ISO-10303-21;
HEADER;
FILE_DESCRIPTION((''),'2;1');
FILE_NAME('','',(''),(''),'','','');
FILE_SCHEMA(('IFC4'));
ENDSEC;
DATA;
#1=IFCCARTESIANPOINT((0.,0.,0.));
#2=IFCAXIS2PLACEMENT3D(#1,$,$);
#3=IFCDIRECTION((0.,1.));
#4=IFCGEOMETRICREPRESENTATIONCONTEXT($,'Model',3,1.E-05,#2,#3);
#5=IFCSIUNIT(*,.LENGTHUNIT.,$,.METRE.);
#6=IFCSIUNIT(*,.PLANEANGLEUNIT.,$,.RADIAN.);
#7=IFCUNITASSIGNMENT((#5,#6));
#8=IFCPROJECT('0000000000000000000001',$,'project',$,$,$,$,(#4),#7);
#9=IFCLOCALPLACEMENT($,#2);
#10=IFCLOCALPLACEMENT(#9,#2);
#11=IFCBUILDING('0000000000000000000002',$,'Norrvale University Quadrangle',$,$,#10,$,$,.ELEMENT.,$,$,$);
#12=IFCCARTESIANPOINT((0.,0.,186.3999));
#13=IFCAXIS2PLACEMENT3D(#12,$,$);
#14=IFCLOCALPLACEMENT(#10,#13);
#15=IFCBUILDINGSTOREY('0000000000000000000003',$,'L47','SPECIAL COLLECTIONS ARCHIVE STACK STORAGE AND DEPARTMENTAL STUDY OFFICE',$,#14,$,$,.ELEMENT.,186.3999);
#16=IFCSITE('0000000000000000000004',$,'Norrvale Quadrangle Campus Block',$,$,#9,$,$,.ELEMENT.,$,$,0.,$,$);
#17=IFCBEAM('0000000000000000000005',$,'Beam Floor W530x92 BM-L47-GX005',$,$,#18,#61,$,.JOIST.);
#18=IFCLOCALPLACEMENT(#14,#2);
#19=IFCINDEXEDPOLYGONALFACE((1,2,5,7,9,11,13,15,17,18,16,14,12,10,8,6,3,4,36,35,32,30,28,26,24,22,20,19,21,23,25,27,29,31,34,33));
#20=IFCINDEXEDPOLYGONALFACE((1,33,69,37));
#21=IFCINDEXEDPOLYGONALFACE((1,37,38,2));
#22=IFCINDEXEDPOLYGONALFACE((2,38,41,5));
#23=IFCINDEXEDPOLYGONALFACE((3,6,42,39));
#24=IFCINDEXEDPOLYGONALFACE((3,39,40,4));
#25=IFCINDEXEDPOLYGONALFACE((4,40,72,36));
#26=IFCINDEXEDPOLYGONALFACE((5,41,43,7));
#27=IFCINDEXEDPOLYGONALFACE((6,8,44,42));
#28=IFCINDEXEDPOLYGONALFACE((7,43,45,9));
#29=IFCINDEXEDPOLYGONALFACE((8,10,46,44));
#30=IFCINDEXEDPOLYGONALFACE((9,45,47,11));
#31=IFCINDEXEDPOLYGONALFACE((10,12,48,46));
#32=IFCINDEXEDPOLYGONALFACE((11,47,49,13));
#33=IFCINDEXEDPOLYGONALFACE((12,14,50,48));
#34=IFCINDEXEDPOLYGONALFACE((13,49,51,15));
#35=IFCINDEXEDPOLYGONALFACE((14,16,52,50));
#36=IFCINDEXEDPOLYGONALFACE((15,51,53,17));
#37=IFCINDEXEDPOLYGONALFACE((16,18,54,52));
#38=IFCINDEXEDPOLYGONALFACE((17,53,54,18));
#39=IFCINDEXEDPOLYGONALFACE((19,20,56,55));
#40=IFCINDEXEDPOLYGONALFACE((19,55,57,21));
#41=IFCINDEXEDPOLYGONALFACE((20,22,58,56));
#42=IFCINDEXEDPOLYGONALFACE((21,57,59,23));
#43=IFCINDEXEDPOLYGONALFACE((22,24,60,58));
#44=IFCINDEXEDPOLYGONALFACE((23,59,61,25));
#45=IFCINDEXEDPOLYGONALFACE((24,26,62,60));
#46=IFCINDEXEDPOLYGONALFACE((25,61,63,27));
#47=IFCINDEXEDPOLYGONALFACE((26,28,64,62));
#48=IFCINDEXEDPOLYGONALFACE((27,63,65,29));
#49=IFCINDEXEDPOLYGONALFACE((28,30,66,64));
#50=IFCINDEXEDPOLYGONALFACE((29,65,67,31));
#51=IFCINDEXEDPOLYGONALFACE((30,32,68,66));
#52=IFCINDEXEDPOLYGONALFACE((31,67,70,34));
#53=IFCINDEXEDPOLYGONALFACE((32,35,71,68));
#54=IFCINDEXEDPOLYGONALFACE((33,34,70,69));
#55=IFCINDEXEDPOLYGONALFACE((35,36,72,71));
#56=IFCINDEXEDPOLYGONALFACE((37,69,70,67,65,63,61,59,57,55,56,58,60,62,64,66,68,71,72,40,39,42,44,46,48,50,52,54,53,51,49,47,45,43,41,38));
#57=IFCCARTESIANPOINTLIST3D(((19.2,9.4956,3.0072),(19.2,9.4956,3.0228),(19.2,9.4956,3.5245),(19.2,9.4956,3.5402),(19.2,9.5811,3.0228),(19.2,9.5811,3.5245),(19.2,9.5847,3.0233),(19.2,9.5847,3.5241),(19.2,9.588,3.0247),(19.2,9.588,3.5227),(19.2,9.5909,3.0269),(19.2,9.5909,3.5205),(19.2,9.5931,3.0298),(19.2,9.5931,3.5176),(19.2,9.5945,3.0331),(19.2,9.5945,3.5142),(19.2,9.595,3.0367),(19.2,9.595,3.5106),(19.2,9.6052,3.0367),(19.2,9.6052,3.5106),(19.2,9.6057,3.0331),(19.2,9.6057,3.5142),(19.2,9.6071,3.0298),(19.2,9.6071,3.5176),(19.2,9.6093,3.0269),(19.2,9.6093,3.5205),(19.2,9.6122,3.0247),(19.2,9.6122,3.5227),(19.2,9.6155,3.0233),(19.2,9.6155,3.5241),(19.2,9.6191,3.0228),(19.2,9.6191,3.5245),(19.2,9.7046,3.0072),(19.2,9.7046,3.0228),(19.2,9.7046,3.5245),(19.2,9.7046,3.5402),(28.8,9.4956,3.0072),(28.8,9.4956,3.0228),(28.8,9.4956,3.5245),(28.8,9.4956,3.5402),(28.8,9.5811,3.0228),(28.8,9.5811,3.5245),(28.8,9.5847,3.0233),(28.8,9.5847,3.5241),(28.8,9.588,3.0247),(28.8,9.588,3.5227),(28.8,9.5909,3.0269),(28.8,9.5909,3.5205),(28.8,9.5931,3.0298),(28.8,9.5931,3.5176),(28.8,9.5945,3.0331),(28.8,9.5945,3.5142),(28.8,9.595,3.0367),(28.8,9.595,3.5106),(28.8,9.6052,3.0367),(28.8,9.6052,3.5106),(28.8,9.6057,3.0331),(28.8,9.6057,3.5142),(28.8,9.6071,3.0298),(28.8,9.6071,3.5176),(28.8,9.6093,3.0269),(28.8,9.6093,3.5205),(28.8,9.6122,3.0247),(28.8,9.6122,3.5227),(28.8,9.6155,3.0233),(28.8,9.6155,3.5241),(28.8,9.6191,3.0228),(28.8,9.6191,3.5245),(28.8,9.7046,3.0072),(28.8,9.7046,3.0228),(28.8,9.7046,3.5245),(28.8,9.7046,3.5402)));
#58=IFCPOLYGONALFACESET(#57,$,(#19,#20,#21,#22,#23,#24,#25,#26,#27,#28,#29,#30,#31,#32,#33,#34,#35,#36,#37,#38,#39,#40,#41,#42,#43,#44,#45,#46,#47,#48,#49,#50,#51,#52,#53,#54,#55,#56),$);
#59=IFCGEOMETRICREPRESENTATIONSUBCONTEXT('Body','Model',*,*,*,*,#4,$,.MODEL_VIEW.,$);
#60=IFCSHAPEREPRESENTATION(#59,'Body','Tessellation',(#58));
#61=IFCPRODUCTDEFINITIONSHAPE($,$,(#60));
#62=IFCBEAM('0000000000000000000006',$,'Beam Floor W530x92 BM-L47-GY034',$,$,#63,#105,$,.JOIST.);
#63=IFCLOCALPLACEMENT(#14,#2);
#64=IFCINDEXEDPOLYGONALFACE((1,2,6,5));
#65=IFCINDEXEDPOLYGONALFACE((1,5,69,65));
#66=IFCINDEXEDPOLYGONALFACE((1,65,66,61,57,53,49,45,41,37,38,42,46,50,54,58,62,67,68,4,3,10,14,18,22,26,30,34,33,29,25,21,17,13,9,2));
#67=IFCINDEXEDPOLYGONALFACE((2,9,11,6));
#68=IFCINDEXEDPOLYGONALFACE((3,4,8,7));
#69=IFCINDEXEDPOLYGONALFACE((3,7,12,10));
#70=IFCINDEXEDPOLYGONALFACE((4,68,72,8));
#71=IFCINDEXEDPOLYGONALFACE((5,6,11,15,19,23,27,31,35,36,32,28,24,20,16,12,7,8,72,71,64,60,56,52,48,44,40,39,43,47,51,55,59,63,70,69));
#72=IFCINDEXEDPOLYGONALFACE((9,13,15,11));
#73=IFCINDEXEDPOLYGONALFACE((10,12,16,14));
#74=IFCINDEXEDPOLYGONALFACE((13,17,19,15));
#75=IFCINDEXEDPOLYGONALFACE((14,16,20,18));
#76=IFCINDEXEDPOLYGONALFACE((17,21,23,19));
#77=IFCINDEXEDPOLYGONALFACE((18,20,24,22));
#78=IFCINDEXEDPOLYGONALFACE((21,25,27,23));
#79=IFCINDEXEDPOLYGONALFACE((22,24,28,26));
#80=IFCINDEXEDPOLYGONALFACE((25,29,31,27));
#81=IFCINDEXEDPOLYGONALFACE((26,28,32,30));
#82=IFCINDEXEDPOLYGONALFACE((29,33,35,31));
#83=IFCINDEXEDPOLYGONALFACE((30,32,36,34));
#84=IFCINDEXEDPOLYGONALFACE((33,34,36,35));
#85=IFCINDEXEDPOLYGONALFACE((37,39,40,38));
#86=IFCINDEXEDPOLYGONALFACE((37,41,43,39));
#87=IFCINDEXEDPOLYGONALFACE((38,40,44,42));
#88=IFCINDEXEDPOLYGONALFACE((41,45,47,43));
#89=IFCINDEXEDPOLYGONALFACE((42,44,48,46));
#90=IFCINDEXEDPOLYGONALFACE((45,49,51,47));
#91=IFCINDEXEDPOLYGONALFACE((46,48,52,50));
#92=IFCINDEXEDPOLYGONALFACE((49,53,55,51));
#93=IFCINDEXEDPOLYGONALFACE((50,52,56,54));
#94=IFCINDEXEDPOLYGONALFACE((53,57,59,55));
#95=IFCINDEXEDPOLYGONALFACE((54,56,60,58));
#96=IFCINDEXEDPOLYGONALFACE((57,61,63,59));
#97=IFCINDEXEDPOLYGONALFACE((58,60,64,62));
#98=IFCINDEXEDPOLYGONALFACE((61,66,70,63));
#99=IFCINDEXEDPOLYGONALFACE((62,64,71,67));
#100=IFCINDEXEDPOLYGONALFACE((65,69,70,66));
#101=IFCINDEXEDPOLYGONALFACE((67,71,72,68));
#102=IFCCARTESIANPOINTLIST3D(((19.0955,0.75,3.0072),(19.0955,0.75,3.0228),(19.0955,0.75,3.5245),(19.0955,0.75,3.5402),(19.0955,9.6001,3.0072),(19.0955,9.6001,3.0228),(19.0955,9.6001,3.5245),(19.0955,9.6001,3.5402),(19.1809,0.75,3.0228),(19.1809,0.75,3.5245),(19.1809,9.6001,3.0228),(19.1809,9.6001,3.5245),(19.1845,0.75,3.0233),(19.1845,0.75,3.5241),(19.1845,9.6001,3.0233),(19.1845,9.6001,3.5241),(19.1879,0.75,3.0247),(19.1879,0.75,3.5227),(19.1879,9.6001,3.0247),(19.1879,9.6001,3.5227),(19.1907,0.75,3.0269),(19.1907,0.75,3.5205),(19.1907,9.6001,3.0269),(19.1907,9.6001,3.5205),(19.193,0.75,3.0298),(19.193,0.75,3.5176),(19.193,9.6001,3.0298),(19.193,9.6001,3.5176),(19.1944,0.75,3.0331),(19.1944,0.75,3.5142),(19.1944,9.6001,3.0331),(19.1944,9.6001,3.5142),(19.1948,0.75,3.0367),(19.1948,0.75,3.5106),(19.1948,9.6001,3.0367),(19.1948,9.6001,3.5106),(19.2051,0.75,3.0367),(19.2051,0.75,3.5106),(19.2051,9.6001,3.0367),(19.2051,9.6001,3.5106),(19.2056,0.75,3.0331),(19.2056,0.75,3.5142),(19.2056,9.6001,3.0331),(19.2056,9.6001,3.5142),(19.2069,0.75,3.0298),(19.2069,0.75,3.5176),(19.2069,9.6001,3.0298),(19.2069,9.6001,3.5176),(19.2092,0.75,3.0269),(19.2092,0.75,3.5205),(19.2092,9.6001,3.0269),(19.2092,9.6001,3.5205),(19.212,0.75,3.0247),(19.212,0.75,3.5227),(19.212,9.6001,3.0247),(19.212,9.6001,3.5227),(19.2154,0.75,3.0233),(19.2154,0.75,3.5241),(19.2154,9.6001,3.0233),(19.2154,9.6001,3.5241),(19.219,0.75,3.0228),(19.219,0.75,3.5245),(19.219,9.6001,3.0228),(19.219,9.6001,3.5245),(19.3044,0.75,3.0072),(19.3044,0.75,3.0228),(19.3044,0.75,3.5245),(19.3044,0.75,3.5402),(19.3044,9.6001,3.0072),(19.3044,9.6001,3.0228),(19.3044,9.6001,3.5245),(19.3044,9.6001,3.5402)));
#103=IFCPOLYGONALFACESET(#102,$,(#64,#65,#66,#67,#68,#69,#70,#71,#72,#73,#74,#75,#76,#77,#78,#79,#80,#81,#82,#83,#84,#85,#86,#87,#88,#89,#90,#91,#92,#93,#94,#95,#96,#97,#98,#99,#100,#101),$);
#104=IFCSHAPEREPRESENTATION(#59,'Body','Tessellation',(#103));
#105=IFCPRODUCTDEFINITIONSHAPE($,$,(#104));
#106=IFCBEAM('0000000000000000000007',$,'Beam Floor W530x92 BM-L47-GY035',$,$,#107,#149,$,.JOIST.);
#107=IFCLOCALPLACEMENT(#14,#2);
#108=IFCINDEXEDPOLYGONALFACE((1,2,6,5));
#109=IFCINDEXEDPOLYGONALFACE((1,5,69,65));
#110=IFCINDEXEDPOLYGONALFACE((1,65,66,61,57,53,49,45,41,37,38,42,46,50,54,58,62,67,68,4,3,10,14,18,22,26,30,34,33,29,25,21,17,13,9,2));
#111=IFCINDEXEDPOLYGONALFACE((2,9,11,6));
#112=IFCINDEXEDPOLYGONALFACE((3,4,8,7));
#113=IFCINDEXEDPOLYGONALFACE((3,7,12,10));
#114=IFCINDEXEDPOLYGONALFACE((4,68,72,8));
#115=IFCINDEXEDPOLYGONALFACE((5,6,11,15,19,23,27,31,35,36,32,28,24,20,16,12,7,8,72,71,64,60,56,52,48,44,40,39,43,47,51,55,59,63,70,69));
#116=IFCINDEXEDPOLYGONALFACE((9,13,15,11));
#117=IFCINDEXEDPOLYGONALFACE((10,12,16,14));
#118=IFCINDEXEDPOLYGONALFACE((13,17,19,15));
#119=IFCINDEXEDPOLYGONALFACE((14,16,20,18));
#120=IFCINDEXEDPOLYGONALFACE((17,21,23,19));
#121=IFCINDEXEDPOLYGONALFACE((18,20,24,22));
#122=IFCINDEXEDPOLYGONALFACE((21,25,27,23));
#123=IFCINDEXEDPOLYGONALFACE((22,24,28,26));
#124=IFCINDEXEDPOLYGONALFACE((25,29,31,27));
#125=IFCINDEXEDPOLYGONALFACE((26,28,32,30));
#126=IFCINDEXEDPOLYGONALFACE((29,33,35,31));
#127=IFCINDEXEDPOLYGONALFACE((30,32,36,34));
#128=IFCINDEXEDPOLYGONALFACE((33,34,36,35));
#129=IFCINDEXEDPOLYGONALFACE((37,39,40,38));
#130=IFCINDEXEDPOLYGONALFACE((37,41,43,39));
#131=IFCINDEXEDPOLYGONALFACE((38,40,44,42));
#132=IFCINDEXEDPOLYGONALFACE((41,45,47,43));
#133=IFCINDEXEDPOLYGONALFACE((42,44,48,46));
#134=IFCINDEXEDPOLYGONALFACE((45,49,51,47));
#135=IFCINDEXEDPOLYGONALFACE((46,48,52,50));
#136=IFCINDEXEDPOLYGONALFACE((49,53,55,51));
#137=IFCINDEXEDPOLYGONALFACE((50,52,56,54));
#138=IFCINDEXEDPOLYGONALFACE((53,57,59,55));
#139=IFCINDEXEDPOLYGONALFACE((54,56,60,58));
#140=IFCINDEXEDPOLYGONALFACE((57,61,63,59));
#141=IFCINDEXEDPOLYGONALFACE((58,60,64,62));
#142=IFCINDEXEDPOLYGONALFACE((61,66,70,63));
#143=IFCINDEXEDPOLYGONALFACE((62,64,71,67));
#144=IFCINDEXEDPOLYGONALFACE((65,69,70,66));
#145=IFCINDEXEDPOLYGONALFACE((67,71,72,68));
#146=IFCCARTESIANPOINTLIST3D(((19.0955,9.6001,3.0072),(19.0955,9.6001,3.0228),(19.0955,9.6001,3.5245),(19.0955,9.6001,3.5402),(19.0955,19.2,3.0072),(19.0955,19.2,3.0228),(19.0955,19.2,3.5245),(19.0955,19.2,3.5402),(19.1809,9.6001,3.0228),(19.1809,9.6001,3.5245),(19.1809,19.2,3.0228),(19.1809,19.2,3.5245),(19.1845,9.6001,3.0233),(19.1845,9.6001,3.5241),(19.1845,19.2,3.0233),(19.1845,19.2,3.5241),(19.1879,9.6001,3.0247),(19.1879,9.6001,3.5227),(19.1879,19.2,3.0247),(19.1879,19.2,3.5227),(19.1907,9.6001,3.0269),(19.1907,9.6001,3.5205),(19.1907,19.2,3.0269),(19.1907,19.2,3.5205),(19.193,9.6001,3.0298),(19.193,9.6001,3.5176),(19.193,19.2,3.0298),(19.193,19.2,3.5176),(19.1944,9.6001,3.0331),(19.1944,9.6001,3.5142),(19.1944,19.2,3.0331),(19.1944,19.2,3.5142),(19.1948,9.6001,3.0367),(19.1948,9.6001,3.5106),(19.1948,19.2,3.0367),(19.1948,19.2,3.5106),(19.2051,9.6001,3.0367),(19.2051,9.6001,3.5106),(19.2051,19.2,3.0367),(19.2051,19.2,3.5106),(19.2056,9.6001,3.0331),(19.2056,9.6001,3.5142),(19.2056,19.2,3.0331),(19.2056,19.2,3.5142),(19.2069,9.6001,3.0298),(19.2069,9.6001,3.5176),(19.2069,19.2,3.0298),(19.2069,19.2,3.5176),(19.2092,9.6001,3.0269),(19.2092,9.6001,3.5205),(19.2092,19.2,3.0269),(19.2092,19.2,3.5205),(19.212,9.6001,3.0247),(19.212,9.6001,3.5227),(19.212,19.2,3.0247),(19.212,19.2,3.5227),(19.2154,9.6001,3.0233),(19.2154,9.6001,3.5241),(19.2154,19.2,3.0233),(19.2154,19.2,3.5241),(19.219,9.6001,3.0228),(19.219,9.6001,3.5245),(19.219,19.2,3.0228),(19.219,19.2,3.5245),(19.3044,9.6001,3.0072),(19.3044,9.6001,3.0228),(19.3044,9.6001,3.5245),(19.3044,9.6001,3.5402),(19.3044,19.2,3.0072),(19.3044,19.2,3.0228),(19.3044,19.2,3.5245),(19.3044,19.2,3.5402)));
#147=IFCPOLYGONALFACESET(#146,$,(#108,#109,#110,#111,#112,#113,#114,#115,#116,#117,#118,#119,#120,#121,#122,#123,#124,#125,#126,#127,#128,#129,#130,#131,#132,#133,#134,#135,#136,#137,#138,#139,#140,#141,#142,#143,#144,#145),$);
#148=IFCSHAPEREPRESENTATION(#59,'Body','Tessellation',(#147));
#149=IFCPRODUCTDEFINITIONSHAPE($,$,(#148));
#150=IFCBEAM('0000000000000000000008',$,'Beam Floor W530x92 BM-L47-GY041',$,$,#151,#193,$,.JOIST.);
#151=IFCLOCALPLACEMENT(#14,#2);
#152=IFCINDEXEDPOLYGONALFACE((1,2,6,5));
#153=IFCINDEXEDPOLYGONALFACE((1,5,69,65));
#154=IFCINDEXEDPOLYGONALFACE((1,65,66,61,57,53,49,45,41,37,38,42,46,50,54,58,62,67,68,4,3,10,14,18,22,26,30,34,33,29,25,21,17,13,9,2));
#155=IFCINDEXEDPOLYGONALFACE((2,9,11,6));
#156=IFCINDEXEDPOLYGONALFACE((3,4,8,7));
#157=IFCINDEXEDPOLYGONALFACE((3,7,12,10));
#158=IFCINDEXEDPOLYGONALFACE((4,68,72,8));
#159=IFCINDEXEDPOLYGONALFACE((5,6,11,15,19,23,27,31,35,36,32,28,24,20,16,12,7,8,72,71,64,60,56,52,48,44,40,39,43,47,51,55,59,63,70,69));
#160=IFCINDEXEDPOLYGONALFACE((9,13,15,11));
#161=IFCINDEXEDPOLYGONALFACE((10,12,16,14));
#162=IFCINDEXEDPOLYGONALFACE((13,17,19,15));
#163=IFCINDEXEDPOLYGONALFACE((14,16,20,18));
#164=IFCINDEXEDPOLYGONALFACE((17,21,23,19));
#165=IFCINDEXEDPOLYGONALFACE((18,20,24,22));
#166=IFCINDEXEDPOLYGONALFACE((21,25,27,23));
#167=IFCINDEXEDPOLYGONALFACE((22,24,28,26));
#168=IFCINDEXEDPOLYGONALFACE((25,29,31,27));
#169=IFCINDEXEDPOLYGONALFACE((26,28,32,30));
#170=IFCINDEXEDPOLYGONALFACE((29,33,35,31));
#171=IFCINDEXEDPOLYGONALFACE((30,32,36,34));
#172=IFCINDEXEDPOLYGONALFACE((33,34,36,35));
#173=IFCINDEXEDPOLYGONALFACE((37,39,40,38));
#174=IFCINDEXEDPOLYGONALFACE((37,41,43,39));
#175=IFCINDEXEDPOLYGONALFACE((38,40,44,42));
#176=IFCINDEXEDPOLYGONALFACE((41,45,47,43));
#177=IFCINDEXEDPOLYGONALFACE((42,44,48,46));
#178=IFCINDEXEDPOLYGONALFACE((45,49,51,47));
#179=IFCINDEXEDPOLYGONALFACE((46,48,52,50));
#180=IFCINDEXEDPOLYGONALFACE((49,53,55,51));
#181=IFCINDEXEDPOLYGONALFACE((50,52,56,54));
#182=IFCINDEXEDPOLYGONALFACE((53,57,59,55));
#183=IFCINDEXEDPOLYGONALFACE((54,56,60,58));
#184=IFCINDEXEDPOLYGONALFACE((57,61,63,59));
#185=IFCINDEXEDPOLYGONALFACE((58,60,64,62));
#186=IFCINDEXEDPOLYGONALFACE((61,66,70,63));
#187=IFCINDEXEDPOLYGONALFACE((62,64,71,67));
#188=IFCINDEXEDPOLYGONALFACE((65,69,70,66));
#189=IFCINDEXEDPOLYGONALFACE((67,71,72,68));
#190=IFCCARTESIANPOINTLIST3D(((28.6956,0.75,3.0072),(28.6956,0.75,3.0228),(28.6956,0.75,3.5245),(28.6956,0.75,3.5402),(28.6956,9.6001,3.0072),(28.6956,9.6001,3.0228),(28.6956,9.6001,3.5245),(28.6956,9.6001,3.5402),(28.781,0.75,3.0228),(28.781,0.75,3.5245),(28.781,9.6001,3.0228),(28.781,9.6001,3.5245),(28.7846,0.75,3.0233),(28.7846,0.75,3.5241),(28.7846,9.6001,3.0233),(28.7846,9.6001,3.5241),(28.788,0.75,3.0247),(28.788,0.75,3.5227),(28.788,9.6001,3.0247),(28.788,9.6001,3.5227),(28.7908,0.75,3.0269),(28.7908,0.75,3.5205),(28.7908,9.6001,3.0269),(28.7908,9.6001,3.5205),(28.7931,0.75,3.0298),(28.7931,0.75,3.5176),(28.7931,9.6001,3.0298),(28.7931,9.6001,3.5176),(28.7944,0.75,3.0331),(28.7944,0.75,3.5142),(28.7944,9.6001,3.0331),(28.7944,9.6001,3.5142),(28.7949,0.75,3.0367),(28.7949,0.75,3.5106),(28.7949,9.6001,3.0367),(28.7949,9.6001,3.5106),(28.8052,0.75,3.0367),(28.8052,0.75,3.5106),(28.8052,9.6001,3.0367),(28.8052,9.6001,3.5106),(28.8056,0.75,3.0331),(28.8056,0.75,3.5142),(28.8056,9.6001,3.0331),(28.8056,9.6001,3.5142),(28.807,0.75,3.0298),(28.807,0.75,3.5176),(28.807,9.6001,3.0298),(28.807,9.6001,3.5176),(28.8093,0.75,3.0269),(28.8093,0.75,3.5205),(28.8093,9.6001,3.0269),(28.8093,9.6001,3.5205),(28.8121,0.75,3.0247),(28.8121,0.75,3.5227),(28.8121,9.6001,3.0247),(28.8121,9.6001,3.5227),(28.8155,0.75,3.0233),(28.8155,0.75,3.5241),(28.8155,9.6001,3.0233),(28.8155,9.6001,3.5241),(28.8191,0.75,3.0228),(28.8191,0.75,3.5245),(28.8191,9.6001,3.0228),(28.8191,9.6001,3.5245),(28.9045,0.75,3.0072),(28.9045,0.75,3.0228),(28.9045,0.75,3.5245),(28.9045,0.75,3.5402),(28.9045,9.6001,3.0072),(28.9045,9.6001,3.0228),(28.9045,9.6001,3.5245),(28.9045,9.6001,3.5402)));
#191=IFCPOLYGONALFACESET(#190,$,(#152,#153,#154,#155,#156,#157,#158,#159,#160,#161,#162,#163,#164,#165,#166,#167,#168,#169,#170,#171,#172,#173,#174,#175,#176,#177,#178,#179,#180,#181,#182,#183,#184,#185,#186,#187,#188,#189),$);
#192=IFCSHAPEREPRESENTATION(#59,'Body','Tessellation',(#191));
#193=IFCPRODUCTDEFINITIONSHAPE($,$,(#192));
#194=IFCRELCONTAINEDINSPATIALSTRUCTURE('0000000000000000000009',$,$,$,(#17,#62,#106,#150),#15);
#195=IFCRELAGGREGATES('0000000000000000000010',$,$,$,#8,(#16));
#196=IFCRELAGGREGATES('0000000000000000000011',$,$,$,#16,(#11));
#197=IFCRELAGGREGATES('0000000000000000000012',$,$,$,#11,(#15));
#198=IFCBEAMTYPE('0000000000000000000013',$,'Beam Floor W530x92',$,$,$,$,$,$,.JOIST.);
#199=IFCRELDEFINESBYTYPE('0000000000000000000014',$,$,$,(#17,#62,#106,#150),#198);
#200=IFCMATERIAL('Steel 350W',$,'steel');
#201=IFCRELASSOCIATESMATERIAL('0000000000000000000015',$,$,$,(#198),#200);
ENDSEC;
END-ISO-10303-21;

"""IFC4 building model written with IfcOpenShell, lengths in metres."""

from ifc_helpers import new_model, si_unit, direction, frame, origin, origin_2d, place, context, subcontext, project, spatial, i_section, extrude, material, material_profile, profile_set, type_object, element, save


model = new_model("IFC4")

# Units and contexts
model_context = context("Model", 3, precision=1e-05, world=origin(), true_north=direction((0.0, 1.0)))
body_context = subcontext(model_context, "Body", "Model", "MODEL_VIEW")
ifc_project = project(units=[si_unit("LENGTHUNIT", "METRE"), si_unit("PLANEANGLEUNIT", "RADIAN")], contexts=[model_context])

# Site, building, storey
site_placement = place(None, origin())
site = spatial("IfcSite", under=ifc_project, at=site_placement, Name="Norrvale Quadrangle Campus Block", CompositionType="ELEMENT", RefElevation=0.0)
building_placement = place(site_placement, origin())
building = spatial("IfcBuilding", under=site, at=building_placement, Name="Norrvale University Quadrangle", CompositionType="ELEMENT")
storey_placement = place(building_placement, frame((0.0, 0.0, 186.3999)))
storey = spatial("IfcBuildingStorey", under=building, at=storey_placement, Name="L47", Description="SPECIAL COLLECTIONS ARCHIVE STACK STORAGE AND DEPARTMENTAL STUDY OFFICE", CompositionType="ELEMENT", Elevation=186.3999)

# Beams
ifc_material_1 = material(Name="Steel 350W", Category="steel")
ifc_material_profile_1 = material_profile(ifc_material_1, i_section(OverallWidth=0.209, OverallDepth=0.533, WebThickness=0.0103, FlangeThickness=0.0156, FilletRadius=0.0139, at=origin_2d()), Name="Steel 350W")
ifc_profile_set_1 = profile_set([ifc_material_profile_1], Name="Steel 350W")
beam_type_1 = type_object("IfcBeamType", Name="Beam Floor W530x92", PredefinedType="JOIST", material=ifc_profile_set_1)
beam_1_placement = place(storey_placement, frame((19.2, 9.6001, 3.2737), z_axis=(1.0, 0.0, 0.0), x_axis=(0.0, 1.0, 0.0)))
element("IfcBeam", 1, at=beam_1_placement, inside=storey, type_object=beam_type_1, Name="Beam Floor W530x92 BM-L47-GX005", PredefinedType="JOIST", context=body_context, shape_type="SweptSolid", body=[
    extrude(i_section(OverallWidth=0.209, OverallDepth=0.533, WebThickness=0.0103, FlangeThickness=0.0156, FilletRadius=0.0139, at=origin_2d()), origin(), (0.0, 0.0, 1.0), 9.6001),
])
beam_2_placement = place(storey_placement, frame((19.2, 0.75, 3.2737), z_axis=(0.0, 1.0, 0.0), x_axis=(-1.0, 0.0, 0.0)))
element("IfcBeam", 2, at=beam_2_placement, inside=storey, type_object=beam_type_1, Name="Beam Floor W530x92 BM-L47-GY034", PredefinedType="JOIST", context=body_context, shape_type="SweptSolid", body=[
    extrude(i_section(OverallWidth=0.209, OverallDepth=0.533, WebThickness=0.0103, FlangeThickness=0.0156, FilletRadius=0.0139, at=origin_2d()), origin(), (0.0, 0.0, 1.0), 8.8501),
])
beam_3_placement = place(storey_placement, frame((19.2, 9.6001, 3.2737), z_axis=(0.0, 1.0, 0.0), x_axis=(-1.0, 0.0, 0.0)))
element("IfcBeam", 3, at=beam_3_placement, inside=storey, type_object=beam_type_1, Name="Beam Floor W530x92 BM-L47-GY035", PredefinedType="JOIST", context=body_context, shape_type="SweptSolid", body=[
    extrude(i_section(OverallWidth=0.209, OverallDepth=0.533, WebThickness=0.0103, FlangeThickness=0.0156, FilletRadius=0.0139, at=origin_2d()), origin(), (0.0, 0.0, 1.0), 9.5999),
])
beam_4_placement = place(storey_placement, frame((28.8, 0.75, 3.2737), z_axis=(0.0, 1.0, 0.0), x_axis=(-1.0, 0.0, 0.0)))
element("IfcBeam", 4, at=beam_4_placement, inside=storey, type_object=beam_type_1, Name="Beam Floor W530x92 BM-L47-GY041", PredefinedType="JOIST", context=body_context, shape_type="SweptSolid", body=[
    extrude(i_section(OverallWidth=0.209, OverallDepth=0.533, WebThickness=0.0103, FlangeThickness=0.0156, FilletRadius=0.0139, at=origin_2d()), origin(), (0.0, 0.0, 1.0), 8.8501),
])

save(model, "model.ifc")
